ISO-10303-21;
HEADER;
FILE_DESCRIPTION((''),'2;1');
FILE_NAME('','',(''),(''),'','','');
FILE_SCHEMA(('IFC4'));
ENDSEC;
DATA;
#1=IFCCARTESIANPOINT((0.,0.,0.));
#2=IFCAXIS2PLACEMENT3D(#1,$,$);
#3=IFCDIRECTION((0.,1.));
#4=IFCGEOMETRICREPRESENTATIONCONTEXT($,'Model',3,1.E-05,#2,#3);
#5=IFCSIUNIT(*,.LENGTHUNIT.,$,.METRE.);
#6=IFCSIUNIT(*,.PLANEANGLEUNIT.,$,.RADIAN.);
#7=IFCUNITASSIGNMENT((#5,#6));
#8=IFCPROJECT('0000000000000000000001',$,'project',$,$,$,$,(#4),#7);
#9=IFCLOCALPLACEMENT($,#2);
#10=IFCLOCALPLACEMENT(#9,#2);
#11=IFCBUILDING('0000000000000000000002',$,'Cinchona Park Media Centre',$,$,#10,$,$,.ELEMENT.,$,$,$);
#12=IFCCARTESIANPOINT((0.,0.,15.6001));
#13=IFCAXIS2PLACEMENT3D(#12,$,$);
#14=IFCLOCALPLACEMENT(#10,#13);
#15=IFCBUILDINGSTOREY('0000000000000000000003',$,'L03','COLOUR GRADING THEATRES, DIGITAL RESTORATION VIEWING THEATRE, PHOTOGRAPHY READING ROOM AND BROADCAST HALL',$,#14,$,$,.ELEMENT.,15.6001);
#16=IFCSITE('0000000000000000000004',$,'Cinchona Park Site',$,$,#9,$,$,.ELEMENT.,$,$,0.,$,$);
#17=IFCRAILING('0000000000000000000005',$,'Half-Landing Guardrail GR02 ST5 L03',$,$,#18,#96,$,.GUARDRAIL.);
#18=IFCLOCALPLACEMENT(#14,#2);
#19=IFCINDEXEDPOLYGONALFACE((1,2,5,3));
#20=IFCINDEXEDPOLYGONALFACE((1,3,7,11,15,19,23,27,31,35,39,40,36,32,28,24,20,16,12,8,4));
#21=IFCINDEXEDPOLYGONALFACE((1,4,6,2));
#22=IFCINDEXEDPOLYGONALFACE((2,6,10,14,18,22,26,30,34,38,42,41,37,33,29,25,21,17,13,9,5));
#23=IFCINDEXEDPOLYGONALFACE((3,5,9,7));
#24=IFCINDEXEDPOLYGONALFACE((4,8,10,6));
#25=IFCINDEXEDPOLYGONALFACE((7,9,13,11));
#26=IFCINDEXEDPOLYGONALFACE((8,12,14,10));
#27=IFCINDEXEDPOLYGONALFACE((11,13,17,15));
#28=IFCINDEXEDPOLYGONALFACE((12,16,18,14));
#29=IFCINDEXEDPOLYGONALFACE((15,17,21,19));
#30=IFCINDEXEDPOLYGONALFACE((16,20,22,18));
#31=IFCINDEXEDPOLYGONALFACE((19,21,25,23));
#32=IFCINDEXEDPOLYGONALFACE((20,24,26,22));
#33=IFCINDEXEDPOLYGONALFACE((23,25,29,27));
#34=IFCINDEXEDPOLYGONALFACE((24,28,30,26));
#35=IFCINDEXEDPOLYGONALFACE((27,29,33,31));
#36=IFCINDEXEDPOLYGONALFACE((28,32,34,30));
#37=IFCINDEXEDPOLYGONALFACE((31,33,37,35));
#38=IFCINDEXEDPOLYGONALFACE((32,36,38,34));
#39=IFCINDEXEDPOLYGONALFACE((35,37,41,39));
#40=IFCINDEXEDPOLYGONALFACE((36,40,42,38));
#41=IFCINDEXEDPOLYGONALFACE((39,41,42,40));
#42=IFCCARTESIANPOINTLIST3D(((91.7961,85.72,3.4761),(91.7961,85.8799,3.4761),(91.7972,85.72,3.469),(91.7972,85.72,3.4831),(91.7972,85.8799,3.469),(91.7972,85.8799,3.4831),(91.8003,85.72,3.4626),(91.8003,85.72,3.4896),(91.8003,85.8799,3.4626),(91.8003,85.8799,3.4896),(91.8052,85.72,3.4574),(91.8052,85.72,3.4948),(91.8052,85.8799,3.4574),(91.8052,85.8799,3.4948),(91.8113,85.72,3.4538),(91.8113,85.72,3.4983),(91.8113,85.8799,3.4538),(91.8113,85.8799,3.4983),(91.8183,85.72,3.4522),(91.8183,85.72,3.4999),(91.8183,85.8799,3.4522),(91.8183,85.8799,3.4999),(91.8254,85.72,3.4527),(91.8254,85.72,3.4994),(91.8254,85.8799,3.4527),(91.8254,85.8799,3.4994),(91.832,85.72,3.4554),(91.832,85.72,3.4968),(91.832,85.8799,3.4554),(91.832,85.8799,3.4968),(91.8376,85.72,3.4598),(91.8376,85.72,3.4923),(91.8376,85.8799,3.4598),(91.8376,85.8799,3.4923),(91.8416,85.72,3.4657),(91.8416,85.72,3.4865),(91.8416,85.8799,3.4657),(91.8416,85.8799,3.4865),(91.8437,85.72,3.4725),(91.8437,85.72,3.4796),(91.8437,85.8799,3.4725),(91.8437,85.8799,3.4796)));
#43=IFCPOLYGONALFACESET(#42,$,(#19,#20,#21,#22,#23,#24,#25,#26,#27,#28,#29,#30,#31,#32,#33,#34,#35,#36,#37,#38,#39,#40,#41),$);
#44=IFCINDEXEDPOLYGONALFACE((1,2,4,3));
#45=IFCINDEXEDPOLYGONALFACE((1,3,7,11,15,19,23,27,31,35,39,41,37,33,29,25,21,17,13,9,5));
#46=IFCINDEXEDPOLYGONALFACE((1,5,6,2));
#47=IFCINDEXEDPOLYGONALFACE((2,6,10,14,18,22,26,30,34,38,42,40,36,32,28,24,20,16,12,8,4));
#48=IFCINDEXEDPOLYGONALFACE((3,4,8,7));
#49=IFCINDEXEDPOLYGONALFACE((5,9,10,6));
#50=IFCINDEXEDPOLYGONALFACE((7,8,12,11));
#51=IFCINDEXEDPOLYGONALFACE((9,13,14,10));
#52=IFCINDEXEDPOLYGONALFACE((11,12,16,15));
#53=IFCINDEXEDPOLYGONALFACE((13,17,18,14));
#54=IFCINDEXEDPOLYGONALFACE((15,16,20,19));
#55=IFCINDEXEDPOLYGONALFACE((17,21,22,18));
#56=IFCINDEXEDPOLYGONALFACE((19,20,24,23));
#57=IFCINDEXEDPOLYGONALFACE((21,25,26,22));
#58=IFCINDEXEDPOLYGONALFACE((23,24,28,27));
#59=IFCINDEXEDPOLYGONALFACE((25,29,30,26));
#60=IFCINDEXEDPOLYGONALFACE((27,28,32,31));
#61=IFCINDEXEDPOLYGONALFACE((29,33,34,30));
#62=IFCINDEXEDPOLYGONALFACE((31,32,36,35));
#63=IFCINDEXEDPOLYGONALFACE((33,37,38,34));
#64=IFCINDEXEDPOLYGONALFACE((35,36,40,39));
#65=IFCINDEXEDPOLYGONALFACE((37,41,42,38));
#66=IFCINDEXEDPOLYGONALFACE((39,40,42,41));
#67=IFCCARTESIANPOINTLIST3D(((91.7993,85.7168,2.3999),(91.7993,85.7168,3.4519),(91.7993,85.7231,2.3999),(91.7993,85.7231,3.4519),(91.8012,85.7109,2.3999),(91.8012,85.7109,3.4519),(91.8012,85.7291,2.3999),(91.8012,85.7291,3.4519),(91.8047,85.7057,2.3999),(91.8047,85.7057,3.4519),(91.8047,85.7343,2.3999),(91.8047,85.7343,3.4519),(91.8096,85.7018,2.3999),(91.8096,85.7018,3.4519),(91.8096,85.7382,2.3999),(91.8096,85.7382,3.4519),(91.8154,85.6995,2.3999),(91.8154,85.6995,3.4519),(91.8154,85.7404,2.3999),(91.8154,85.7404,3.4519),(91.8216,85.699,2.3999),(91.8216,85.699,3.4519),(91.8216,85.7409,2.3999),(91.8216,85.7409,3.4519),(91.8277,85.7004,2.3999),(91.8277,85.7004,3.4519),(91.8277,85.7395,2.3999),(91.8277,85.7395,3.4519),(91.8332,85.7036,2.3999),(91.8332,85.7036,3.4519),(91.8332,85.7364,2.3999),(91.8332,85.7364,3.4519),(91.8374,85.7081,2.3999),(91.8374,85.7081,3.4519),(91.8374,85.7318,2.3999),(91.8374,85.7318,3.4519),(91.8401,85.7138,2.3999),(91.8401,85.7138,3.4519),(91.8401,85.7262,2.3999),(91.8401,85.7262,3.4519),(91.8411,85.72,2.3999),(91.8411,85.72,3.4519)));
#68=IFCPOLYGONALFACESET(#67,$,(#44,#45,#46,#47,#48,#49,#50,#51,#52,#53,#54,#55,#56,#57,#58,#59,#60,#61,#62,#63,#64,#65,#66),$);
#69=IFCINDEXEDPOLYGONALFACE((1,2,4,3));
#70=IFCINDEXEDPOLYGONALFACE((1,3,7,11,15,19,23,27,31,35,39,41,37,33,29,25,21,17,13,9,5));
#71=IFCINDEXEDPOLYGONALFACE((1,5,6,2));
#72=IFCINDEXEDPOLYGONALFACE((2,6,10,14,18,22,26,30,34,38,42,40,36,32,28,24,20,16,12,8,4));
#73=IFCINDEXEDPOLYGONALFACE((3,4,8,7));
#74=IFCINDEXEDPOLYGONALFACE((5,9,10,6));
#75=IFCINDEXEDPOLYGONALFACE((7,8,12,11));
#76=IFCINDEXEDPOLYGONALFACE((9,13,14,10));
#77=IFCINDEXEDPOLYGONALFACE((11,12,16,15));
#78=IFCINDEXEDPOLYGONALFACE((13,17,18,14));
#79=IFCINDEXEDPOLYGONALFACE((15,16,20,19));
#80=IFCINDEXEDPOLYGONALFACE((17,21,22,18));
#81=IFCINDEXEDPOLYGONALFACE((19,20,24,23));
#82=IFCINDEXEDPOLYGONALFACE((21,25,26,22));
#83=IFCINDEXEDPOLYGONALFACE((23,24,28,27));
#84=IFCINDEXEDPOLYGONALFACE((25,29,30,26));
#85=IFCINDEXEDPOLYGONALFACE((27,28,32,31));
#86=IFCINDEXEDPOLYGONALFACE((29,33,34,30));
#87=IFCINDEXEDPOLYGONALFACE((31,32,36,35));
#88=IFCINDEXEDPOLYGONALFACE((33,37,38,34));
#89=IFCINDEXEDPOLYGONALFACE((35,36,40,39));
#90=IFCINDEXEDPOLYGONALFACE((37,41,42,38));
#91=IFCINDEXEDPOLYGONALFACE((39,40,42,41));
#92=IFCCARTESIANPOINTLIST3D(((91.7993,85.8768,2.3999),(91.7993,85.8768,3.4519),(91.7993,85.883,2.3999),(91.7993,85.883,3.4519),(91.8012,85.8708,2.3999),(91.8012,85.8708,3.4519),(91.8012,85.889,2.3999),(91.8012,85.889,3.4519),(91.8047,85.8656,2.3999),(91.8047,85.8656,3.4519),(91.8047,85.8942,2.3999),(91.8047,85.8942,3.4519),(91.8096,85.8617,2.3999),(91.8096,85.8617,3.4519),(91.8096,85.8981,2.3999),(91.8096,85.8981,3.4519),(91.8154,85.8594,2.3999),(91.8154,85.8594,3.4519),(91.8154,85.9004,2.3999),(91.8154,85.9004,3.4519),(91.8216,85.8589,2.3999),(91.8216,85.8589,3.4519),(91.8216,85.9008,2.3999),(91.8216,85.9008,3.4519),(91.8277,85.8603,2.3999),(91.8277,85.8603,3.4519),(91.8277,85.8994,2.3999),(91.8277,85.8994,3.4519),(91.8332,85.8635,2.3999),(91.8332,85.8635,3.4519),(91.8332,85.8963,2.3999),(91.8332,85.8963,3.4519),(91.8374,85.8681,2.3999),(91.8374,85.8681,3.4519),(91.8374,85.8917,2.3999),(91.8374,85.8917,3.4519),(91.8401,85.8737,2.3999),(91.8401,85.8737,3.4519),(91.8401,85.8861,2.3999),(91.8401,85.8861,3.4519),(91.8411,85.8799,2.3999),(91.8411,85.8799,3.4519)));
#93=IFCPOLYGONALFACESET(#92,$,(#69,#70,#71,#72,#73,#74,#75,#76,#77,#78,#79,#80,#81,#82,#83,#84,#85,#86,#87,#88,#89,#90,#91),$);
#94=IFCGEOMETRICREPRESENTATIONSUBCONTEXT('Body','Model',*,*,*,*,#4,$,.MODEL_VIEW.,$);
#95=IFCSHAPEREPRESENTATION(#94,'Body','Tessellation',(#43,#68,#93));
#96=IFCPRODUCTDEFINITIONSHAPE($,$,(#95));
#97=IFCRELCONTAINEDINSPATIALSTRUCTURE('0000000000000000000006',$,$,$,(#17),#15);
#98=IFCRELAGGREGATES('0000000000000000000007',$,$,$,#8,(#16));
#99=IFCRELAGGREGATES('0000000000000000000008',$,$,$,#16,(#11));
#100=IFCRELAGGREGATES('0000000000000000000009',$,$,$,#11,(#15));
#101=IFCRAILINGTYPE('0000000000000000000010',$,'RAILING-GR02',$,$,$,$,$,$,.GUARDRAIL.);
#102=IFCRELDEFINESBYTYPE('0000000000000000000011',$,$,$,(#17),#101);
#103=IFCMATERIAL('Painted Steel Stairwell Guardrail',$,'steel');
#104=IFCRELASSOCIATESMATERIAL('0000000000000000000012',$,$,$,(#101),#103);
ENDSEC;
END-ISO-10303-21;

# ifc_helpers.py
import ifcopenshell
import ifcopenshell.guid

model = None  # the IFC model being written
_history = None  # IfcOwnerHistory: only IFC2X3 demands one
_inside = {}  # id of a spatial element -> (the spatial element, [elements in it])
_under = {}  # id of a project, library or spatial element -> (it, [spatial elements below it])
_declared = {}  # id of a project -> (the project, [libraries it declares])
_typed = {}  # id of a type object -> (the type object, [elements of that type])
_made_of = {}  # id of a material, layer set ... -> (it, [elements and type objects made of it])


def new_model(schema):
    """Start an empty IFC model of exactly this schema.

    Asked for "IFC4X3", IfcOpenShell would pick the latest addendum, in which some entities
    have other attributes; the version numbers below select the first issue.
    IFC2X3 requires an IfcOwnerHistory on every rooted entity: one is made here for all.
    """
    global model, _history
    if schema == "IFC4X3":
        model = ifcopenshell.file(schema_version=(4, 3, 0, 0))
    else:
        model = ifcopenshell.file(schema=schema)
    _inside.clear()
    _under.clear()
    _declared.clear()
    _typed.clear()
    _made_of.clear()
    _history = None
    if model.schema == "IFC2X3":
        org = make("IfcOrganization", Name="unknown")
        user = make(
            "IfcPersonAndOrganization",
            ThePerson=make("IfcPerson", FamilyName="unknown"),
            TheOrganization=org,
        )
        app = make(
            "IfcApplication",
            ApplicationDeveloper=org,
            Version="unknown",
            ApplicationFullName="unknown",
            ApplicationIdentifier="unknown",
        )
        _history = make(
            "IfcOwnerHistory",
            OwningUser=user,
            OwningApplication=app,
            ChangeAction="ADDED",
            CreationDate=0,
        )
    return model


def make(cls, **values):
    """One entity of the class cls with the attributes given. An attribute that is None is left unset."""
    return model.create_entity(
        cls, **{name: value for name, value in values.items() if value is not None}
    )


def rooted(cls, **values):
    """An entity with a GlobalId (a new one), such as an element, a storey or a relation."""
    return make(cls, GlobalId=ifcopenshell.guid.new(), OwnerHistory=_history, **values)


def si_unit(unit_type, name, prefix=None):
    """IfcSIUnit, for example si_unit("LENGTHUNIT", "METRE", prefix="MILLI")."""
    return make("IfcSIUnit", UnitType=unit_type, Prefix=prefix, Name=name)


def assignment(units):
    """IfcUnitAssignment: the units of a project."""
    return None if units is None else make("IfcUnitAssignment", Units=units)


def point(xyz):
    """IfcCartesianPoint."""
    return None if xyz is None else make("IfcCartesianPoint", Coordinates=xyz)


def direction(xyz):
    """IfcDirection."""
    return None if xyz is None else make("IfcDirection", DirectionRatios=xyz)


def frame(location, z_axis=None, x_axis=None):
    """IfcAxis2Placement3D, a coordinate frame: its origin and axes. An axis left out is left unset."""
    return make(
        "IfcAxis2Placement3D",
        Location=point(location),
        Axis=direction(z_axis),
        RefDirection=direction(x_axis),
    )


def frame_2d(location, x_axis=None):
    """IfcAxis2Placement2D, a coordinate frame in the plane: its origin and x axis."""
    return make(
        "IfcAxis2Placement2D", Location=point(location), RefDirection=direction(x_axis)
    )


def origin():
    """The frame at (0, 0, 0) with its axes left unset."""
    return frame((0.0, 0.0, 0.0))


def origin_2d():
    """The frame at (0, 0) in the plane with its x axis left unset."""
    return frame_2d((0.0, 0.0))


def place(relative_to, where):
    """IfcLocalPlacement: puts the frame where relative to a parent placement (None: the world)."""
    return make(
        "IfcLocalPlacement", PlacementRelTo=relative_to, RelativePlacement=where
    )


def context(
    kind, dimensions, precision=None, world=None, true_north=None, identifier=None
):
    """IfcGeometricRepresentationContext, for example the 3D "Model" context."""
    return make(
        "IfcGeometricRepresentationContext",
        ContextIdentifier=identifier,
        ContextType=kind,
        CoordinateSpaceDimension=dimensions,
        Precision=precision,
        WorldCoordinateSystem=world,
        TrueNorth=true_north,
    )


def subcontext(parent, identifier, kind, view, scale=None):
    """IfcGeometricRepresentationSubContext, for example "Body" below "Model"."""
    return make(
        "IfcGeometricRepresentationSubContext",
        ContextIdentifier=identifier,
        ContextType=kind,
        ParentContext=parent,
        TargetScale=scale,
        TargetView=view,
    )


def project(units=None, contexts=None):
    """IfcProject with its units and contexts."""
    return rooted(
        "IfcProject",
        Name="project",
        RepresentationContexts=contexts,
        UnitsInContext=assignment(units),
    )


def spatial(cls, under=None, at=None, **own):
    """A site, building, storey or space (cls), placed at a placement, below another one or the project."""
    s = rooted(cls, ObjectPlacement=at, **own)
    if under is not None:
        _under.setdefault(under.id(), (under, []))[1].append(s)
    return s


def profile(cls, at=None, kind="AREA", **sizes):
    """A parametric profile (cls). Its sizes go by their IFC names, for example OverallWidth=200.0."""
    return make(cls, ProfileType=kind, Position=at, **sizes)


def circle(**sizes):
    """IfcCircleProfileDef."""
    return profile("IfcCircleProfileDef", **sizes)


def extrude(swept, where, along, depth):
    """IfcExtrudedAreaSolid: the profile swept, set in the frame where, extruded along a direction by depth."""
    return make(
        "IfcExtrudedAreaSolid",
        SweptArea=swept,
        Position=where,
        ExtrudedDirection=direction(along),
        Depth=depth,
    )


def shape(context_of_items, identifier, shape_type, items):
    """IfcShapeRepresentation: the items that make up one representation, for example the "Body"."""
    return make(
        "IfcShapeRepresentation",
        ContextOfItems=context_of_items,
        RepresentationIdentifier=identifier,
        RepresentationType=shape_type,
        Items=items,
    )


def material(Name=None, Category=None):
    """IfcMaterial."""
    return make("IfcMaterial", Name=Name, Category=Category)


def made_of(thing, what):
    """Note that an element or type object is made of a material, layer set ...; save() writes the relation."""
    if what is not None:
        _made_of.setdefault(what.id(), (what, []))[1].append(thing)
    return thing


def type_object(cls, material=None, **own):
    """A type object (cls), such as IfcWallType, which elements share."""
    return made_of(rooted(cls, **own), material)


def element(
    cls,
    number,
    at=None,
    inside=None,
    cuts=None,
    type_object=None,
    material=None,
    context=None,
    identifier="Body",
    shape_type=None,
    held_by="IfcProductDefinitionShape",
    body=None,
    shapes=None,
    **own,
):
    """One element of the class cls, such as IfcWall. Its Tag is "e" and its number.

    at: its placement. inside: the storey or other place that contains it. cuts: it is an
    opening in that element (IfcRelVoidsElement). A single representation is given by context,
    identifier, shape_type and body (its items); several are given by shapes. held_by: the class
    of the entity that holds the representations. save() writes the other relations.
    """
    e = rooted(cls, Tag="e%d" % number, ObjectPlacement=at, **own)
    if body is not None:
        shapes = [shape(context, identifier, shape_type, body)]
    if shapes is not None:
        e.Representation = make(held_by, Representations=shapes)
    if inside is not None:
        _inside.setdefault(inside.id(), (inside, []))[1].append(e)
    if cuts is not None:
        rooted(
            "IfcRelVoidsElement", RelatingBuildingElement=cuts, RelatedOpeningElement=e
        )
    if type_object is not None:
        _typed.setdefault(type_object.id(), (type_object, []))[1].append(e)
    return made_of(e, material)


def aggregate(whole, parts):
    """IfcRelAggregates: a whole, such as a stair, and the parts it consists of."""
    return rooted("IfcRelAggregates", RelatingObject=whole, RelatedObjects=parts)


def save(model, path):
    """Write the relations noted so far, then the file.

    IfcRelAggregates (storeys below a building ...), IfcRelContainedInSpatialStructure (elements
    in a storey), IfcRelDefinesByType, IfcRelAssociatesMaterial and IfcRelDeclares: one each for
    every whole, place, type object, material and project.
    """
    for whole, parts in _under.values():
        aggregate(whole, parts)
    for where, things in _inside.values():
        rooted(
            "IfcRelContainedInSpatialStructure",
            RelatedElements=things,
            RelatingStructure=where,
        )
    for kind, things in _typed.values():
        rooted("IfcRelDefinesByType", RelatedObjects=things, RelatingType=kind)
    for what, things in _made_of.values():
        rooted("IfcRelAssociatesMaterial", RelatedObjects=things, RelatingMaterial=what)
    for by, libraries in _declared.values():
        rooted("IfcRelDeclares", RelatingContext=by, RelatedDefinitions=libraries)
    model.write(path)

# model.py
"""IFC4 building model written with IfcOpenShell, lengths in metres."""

from ifc_helpers import new_model, si_unit, direction, frame, origin, origin_2d, place, context, subcontext, project, spatial, circle, extrude, material, type_object, element, save


model = new_model("IFC4")

# Units and contexts
model_context = context("Model", 3, precision=1e-05, world=origin(), true_north=direction((0.0, 1.0)))
body_context = subcontext(model_context, "Body", "Model", "MODEL_VIEW")
ifc_project = project(units=[si_unit("LENGTHUNIT", "METRE"), si_unit("PLANEANGLEUNIT", "RADIAN")], contexts=[model_context])

# Site, building, storey
site_placement = place(None, origin())
site = spatial("IfcSite", under=ifc_project, at=site_placement, Name="Cinchona Park Site", CompositionType="ELEMENT", RefElevation=0.0)
building_placement = place(site_placement, origin())
building = spatial("IfcBuilding", under=site, at=building_placement, Name="Cinchona Park Media Centre", CompositionType="ELEMENT")
storey_placement = place(building_placement, frame((0.0, 0.0, 15.6001)))
storey = spatial("IfcBuildingStorey", under=building, at=storey_placement, Name="L03", Description="COLOUR GRADING THEATRES, DIGITAL RESTORATION VIEWING THEATRE, PHOTOGRAPHY READING ROOM AND BROADCAST HALL", CompositionType="ELEMENT", Elevation=15.6001)

# Railing
ifc_material_1 = material(Name="Painted Steel Stairwell Guardrail", Category="steel")
railing_type_1 = type_object("IfcRailingType", Name="RAILING-GR02", PredefinedType="GUARDRAIL", material=ifc_material_1)
railing_1_placement = place(storey_placement, frame((91.8201, 85.72, 2.3999)))
element("IfcRailing", 1, at=railing_1_placement, inside=storey, type_object=railing_type_1, Name="Half-Landing Guardrail GR02 ST5 L03", PredefinedType="GUARDRAIL", context=body_context, shape_type="SweptSolid", body=[
    extrude(circle(Radius=0.0239, at=origin_2d()), frame((0.0, 0.0, 1.0762), z_axis=(0.0, 1.0, 0.0), x_axis=(-1.0, 0.0, 0.0)), (0.0, 0.0, 1.0), 0.1599),
    extrude(circle(Radius=0.021, at=origin_2d()), origin(), (0.0, 0.0, 1.0), 1.052),
    extrude(circle(Radius=0.021, at=origin_2d()), frame((0.0, 0.1599, 0.0)), (0.0, 0.0, 1.0), 1.052),
])

save(model, "model.ifc")
